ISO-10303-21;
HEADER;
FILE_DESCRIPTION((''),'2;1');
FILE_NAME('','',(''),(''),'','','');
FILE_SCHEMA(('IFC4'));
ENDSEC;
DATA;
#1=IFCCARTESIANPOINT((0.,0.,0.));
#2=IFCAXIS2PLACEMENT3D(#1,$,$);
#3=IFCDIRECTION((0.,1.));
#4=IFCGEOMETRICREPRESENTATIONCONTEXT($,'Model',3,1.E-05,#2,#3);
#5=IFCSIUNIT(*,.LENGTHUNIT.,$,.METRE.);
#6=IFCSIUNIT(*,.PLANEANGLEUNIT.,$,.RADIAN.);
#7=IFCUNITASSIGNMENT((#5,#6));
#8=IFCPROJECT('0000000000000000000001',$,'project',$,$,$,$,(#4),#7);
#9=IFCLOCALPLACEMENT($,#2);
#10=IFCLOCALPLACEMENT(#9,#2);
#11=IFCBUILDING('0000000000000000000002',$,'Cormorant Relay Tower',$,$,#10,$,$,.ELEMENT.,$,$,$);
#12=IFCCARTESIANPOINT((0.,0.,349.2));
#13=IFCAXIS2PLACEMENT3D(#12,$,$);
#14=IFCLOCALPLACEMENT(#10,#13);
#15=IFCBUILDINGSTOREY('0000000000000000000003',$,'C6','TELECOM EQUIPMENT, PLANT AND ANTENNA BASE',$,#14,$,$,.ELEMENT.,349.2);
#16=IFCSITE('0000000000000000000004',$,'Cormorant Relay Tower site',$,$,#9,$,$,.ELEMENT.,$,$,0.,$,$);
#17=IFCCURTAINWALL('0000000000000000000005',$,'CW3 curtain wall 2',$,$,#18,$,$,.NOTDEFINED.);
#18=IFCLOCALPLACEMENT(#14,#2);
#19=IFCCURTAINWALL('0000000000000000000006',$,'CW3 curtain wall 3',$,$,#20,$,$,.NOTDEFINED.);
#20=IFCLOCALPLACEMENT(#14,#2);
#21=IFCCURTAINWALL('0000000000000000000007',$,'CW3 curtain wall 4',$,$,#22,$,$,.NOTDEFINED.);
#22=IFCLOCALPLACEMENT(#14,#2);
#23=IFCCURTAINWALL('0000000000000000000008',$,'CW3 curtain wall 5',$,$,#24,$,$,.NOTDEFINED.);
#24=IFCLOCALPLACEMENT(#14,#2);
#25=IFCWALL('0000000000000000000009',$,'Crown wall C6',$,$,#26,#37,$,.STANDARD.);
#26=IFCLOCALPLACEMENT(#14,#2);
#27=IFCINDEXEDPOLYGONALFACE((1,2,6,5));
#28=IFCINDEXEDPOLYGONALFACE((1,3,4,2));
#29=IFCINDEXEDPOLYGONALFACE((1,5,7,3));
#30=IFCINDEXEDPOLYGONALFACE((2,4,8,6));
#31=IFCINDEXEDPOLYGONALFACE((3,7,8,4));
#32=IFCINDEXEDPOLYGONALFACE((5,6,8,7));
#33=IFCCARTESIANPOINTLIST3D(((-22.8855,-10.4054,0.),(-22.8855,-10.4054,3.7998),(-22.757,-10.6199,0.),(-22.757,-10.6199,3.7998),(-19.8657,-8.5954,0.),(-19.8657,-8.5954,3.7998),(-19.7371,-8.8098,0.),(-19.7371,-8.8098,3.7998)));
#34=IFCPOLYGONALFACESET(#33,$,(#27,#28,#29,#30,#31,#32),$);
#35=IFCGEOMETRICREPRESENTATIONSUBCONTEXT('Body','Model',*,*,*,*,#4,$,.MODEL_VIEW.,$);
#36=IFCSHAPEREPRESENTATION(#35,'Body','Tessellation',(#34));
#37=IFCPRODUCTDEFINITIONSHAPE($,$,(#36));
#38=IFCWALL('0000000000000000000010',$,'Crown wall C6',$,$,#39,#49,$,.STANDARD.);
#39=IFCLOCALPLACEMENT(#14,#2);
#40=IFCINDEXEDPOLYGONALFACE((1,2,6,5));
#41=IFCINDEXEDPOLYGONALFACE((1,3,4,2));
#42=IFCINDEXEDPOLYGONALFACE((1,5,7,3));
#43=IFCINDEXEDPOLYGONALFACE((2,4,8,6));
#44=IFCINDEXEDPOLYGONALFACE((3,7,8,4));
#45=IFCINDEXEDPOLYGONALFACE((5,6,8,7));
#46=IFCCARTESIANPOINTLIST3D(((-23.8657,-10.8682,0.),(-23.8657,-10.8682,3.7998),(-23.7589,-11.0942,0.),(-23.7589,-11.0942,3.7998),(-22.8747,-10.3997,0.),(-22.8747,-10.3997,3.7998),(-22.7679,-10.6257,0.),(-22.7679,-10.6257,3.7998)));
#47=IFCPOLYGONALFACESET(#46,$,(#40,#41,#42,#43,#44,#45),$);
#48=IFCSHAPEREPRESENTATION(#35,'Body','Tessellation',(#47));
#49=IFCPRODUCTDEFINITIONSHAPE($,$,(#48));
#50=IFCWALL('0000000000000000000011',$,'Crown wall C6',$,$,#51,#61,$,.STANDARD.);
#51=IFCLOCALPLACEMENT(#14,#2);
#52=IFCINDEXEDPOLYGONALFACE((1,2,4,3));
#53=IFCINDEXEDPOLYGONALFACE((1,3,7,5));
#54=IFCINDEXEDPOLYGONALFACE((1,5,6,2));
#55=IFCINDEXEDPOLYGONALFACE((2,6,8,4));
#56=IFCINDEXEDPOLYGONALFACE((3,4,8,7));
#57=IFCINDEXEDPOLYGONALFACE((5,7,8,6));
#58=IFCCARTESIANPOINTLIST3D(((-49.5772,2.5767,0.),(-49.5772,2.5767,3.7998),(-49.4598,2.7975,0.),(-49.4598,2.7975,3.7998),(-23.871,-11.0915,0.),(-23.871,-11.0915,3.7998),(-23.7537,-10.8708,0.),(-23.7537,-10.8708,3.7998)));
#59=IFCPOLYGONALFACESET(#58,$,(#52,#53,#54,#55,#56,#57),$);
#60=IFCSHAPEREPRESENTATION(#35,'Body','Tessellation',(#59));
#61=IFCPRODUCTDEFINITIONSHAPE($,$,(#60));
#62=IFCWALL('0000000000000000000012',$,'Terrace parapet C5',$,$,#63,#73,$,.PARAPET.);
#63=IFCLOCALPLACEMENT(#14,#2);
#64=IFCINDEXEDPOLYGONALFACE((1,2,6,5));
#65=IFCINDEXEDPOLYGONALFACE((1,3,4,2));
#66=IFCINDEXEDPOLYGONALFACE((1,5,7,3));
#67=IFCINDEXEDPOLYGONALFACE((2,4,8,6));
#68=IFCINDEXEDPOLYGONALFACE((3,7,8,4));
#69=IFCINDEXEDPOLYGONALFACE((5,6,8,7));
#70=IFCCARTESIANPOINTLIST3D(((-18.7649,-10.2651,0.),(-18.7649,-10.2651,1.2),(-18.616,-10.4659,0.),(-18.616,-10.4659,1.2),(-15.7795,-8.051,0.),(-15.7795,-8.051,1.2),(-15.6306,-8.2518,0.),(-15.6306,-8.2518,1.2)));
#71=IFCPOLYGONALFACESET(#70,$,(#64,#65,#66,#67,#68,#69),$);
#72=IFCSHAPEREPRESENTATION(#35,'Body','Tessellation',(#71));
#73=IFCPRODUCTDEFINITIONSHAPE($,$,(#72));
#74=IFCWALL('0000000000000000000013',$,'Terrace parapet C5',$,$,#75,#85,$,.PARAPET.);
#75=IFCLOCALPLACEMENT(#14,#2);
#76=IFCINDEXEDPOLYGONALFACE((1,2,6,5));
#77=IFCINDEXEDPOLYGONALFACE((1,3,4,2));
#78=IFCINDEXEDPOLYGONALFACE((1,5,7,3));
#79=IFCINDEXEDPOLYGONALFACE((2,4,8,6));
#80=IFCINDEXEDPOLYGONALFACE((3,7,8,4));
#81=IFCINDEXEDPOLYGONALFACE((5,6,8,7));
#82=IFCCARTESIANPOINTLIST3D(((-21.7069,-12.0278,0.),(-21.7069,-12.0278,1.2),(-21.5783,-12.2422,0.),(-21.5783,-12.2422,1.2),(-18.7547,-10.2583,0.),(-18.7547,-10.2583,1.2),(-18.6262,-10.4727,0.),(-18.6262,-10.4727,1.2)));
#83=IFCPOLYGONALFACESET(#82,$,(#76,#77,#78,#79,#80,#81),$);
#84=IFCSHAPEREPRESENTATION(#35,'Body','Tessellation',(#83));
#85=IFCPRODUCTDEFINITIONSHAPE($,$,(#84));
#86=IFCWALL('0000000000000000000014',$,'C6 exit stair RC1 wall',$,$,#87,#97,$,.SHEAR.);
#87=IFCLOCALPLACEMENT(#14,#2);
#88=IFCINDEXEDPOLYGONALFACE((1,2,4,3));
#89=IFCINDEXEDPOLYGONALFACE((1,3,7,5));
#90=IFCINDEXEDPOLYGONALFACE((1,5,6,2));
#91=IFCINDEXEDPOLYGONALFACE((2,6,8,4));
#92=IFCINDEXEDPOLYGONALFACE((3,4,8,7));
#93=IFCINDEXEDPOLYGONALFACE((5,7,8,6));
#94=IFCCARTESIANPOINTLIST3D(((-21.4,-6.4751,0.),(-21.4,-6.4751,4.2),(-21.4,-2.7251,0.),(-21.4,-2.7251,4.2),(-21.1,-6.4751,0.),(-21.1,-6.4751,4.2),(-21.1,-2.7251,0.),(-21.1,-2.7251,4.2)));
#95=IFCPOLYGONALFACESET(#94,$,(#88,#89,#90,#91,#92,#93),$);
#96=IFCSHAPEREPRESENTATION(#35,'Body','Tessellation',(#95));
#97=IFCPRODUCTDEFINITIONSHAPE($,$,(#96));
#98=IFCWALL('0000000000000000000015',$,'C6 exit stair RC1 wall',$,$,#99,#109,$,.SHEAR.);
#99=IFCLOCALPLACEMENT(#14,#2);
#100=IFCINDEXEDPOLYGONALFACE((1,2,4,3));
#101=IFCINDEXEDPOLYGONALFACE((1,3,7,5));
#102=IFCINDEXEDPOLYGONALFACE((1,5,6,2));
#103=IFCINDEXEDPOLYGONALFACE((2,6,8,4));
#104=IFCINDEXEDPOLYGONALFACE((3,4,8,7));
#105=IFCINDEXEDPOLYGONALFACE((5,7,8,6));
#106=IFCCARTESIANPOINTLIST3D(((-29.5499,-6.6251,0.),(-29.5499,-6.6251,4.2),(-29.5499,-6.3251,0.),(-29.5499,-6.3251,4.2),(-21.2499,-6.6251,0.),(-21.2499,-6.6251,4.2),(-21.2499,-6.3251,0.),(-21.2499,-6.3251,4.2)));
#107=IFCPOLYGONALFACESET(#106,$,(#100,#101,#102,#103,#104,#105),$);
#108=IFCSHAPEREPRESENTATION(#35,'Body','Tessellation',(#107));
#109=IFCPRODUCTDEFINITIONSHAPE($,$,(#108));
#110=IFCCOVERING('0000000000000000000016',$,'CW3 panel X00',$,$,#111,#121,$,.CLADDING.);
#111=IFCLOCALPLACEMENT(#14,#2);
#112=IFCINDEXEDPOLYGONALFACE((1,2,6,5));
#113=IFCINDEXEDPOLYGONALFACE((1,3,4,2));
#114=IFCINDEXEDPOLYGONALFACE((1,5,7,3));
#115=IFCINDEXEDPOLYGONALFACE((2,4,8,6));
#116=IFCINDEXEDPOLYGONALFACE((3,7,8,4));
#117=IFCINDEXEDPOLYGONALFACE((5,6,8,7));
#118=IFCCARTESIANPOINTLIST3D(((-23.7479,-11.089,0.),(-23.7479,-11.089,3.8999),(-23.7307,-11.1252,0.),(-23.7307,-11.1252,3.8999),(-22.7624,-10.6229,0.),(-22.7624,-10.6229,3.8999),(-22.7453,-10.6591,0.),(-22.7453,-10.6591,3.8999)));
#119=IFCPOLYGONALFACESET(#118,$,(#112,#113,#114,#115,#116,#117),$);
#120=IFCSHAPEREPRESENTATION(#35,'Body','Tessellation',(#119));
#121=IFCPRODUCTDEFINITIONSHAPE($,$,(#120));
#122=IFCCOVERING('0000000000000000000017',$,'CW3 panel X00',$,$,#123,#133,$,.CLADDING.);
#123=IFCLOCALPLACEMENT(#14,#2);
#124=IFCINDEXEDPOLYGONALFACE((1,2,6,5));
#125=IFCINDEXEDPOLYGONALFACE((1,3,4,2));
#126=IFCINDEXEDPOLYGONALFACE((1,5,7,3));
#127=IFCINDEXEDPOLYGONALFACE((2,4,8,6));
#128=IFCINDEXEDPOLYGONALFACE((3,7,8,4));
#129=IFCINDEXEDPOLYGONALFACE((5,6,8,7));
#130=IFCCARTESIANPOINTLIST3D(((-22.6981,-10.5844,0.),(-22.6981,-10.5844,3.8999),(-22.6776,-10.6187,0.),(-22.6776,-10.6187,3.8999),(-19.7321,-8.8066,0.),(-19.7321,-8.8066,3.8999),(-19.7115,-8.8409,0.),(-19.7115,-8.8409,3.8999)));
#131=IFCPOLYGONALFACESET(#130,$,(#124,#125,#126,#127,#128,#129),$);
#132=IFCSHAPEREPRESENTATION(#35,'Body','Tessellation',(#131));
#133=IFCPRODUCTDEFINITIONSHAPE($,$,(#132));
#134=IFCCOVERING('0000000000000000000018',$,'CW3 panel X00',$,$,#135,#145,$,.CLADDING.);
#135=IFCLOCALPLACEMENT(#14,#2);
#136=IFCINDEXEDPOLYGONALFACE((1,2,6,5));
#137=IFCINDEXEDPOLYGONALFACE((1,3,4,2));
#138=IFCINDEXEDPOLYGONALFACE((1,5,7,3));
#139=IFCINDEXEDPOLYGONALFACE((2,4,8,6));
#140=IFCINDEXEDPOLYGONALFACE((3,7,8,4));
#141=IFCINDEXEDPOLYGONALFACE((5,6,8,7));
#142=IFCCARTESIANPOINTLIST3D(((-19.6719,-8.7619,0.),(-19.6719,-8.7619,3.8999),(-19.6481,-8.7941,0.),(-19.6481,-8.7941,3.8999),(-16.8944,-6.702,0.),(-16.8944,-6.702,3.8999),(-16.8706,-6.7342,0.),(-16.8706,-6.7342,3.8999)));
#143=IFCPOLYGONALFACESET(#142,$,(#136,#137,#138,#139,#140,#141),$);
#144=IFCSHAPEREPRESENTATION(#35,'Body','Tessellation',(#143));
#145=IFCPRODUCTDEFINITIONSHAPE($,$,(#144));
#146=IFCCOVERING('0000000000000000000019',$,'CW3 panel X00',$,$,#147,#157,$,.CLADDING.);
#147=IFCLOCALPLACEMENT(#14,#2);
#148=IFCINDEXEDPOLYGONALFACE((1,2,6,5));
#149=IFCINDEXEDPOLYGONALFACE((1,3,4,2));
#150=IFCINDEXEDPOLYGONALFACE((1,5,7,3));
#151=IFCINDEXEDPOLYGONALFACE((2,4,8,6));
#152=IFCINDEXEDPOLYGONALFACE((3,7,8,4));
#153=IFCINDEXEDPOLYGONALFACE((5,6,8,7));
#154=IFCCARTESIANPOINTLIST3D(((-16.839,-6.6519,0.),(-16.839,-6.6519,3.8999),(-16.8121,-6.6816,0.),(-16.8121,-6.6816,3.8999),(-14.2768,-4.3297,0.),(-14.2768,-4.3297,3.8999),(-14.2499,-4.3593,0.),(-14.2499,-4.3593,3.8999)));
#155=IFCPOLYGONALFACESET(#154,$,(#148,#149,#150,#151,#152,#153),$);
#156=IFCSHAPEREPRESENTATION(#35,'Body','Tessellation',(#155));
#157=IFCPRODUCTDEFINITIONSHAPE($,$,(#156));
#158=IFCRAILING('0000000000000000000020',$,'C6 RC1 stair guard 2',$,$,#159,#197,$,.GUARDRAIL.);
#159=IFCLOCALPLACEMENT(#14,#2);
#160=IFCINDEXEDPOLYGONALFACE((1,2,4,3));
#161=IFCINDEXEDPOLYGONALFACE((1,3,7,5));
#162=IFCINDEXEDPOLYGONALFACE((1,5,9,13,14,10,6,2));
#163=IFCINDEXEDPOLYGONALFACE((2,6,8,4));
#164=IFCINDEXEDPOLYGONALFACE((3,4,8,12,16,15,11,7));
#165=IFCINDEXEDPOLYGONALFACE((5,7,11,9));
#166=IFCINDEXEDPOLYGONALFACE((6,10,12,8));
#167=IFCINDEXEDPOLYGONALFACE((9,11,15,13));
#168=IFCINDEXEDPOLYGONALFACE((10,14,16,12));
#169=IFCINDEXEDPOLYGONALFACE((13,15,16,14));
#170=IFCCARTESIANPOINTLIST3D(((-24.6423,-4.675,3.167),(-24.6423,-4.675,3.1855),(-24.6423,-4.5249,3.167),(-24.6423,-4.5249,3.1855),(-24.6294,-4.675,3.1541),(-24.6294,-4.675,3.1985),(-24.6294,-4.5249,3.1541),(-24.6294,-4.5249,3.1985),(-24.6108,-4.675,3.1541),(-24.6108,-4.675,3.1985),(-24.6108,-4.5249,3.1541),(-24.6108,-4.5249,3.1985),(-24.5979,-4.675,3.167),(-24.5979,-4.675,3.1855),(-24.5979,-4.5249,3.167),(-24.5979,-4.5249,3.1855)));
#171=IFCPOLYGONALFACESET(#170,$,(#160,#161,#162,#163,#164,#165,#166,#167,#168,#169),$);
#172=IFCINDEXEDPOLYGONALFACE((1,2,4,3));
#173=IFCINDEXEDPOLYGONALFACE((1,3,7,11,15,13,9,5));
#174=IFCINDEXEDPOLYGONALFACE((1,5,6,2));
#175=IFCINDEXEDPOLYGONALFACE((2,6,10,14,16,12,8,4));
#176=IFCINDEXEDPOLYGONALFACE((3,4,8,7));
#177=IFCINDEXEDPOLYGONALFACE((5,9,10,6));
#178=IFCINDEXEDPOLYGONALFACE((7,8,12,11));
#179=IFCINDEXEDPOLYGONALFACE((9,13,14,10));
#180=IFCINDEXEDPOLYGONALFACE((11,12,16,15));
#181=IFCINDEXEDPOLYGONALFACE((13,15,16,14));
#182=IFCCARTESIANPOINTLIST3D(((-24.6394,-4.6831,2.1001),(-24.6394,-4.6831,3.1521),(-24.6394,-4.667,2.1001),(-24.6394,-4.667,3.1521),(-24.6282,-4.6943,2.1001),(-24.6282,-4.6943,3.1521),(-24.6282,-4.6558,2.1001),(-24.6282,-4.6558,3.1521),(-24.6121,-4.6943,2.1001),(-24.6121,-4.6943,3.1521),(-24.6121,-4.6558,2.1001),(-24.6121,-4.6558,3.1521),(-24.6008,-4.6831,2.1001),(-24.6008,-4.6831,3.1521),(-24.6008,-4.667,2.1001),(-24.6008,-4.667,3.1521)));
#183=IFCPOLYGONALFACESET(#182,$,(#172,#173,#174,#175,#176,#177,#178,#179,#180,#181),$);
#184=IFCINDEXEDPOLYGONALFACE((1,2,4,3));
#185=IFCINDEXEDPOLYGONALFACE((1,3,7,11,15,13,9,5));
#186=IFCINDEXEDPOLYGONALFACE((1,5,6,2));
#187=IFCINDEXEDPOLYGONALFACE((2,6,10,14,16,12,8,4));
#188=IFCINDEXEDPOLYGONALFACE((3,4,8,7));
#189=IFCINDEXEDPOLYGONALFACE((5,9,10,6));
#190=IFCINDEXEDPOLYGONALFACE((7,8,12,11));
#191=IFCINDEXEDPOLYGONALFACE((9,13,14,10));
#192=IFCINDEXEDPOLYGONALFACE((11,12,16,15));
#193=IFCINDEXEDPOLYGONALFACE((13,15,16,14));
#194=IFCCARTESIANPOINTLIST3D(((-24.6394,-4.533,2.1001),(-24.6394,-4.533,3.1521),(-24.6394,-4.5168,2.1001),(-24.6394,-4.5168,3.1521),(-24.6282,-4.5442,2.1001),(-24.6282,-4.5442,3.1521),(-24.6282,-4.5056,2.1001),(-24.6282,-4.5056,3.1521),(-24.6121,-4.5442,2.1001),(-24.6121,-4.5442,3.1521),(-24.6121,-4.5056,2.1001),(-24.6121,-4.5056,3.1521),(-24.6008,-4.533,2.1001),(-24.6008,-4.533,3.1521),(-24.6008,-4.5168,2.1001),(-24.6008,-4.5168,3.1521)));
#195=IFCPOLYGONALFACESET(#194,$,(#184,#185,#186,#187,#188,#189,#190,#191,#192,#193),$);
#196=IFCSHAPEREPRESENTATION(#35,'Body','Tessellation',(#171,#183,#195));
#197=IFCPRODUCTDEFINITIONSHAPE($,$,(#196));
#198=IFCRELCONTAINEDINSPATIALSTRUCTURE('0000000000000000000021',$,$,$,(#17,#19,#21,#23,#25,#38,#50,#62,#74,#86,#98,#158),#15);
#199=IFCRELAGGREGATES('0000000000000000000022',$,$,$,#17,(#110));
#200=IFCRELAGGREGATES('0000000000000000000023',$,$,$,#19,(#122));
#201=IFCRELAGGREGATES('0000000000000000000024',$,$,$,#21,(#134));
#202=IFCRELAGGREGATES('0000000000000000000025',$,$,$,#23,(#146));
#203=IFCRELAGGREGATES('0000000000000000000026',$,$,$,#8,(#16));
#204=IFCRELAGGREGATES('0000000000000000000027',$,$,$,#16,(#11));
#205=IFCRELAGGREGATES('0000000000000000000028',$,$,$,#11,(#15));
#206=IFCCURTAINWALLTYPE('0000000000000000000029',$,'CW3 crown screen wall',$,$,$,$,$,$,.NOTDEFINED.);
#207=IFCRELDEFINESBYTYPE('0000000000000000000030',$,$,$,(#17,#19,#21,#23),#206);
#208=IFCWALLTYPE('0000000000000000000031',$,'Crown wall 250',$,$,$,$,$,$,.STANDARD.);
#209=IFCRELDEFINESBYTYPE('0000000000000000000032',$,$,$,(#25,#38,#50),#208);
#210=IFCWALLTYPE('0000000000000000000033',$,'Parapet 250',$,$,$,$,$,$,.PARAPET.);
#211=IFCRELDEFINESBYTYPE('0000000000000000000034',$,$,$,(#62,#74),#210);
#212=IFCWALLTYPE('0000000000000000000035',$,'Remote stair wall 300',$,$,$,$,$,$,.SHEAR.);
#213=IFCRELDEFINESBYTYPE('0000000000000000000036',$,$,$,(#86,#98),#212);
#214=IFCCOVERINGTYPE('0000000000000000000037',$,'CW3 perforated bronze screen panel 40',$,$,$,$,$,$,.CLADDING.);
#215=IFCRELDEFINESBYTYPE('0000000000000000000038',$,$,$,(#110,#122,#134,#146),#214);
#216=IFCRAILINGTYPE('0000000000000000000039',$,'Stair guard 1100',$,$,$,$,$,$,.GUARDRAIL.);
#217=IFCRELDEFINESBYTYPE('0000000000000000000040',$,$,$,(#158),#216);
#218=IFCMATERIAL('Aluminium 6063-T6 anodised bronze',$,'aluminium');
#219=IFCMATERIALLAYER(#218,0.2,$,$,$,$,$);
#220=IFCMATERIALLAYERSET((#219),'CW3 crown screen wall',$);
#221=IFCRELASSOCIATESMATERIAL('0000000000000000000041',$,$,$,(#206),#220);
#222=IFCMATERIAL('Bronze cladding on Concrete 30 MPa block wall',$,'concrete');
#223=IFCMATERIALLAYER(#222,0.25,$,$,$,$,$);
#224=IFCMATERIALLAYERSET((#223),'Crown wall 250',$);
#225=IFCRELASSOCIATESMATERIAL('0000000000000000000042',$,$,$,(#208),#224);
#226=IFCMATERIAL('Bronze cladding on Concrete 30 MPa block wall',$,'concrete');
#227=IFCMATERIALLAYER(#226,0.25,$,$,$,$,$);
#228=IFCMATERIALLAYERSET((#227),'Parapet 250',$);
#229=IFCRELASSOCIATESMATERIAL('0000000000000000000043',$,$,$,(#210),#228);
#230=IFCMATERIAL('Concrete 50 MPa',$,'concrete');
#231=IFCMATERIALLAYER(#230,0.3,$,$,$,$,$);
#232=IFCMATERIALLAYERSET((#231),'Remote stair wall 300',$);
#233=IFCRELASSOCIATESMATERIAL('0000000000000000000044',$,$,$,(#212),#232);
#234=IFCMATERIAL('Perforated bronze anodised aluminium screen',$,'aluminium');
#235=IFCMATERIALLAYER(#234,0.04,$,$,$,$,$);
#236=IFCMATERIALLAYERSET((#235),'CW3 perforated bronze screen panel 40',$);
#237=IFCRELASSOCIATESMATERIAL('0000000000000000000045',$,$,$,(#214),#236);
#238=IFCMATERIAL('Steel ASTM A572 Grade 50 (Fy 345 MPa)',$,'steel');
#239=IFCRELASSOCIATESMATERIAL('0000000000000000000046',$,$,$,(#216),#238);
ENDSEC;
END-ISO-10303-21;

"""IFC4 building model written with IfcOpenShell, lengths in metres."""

from ifc_helpers import new_model, si_unit, direction, frame, frame_2d, origin, origin_2d, place, context, subcontext, project, spatial, polyline, rectangle, outline, extrude, material, layer, layer_set, type_object, element, aggregate, save


model = new_model("IFC4")

# Units and contexts
model_context = context("Model", 3, precision=1e-05, world=origin(), true_north=direction((0.0, 1.0)))
body_context = subcontext(model_context, "Body", "Model", "MODEL_VIEW")
ifc_project = project(units=[si_unit("LENGTHUNIT", "METRE"), si_unit("PLANEANGLEUNIT", "RADIAN")], contexts=[model_context])

# Site, building, storey
site_placement = place(None, origin())
site = spatial("IfcSite", under=ifc_project, at=site_placement, Name="Cormorant Relay Tower site", CompositionType="ELEMENT", RefElevation=0.0)
building_placement = place(site_placement, origin())
building = spatial("IfcBuilding", under=site, at=building_placement, Name="Cormorant Relay Tower", CompositionType="ELEMENT")
storey_placement = place(building_placement, frame((0.0, 0.0, 349.2)))
storey = spatial("IfcBuildingStorey", under=building, at=storey_placement, Name="C6", Description="TELECOM EQUIPMENT, PLANT AND ANTENNA BASE", CompositionType="ELEMENT", Elevation=349.2)

# Curtain walls
ifc_material_1 = material(Name="Aluminium 6063-T6 anodised bronze", Category="aluminium")
ifc_layer_1 = layer(ifc_material_1, 0.2)
ifc_layer_set_1 = layer_set([ifc_layer_1], Name="CW3 crown screen wall")
curtain_wall_type = type_object("IfcCurtainWallType", Name="CW3 crown screen wall", PredefinedType="NOTDEFINED", material=ifc_layer_set_1)
curtain_wall_1_placement = place(storey_placement, origin())
curtain_wall_1 = element("IfcCurtainWall", 1, at=curtain_wall_1_placement, inside=storey, type_object=curtain_wall_type, Name="CW3 curtain wall 2", PredefinedType="NOTDEFINED")
curtain_wall_2_placement = place(storey_placement, origin())
curtain_wall_2 = element("IfcCurtainWall", 2, at=curtain_wall_2_placement, inside=storey, type_object=curtain_wall_type, Name="CW3 curtain wall 3", PredefinedType="NOTDEFINED")
curtain_wall_3_placement = place(storey_placement, origin())
curtain_wall_3 = element("IfcCurtainWall", 3, at=curtain_wall_3_placement, inside=storey, type_object=curtain_wall_type, Name="CW3 curtain wall 4", PredefinedType="NOTDEFINED")
curtain_wall_4_placement = place(storey_placement, origin())
curtain_wall_4 = element("IfcCurtainWall", 4, at=curtain_wall_4_placement, inside=storey, type_object=curtain_wall_type, Name="CW3 curtain wall 5", PredefinedType="NOTDEFINED")

# Walls
ifc_material_2 = material(Name="Bronze cladding on Concrete 30 MPa block wall", Category="concrete")
ifc_layer_2 = layer(ifc_material_2, 0.25)
ifc_layer_set_2 = layer_set([ifc_layer_2], Name="Crown wall 250")
wall_type_1 = type_object("IfcWallType", Name="Crown wall 250", PredefinedType="STANDARD", material=ifc_layer_set_2)
wall_1_placement = place(storey_placement, frame((-19.8015, -8.7026, 0.0), z_axis=(0.0, 0.0, 1.0), x_axis=(-0.857719, -0.514118, 0.0)))
element("IfcWall", 5, at=wall_1_placement, inside=storey, type_object=wall_type_1, Name="Crown wall C6", PredefinedType="STANDARD", context=body_context, shape_type="SweptSolid", body=[
    extrude(rectangle(XDim=3.5208, YDim=0.25, at=frame_2d((1.7603, 0.0))), origin(), (0.0, 0.0, 1.0), 3.7998),
])
wall_2_placement = place(storey_placement, frame((-22.8213, -10.5127, 0.0), z_axis=(0.0, 0.0, 1.0), x_axis=(-0.904055, -0.427416, 0.0)))
element("IfcWall", 6, at=wall_2_placement, inside=storey, type_object=wall_type_1, Name="Crown wall C6", PredefinedType="STANDARD", context=body_context, shape_type="SweptSolid", body=[
    extrude(rectangle(XDim=1.0962, YDim=0.25, at=frame_2d((0.5481, 0.0))), origin(), (0.0, 0.0, 1.0), 3.7998),
])
wall_3_placement = place(storey_placement, frame((-23.8123, -10.9812, 0.0), z_axis=(0.0, 0.0, 1.0), x_axis=(-0.882947, 0.469473, 0.0)))
element("IfcWall", 7, at=wall_3_placement, inside=storey, type_object=wall_type_1, Name="Crown wall C6", PredefinedType="STANDARD", context=body_context, shape_type="SweptSolid", body=[
    extrude(rectangle(XDim=29.114, YDim=0.25, at=frame_2d((14.5571, 0.0))), origin(), (0.0, 0.0, 1.0), 3.7998),
])
ifc_material_3 = material(Name="Bronze cladding on Concrete 30 MPa block wall", Category="concrete")
ifc_layer_3 = layer(ifc_material_3, 0.25)
ifc_layer_set_3 = layer_set([ifc_layer_3], Name="Parapet 250")
wall_type_2 = type_object("IfcWallType", Name="Parapet 250", PredefinedType="PARAPET", material=ifc_layer_set_3)
wall_4_placement = place(storey_placement, frame((-15.7051, -8.1514, 0.0), z_axis=(0.0, 0.0, 1.0), x_axis=(-0.803204, -0.595703, 0.0)))
element("IfcWall", 8, at=wall_4_placement, inside=storey, type_object=wall_type_2, Name="Terrace parapet C5", PredefinedType="PARAPET", context=body_context, shape_type="SweptSolid", body=[
    extrude(rectangle(XDim=3.7168, YDim=0.25, at=frame_2d((1.8584, 0.0))), origin(), (0.0, 0.0, 1.0), 1.2),
])
wall_5_placement = place(storey_placement, frame((-18.6904, -10.3655, 0.0), z_axis=(0.0, 0.0, 1.0), x_axis=(-0.857718, -0.51412, 0.0)))
element("IfcWall", 9, at=wall_5_placement, inside=storey, type_object=wall_type_2, Name="Terrace parapet C5", PredefinedType="PARAPET", context=body_context, shape_type="SweptSolid", body=[
    extrude(rectangle(XDim=3.4419, YDim=0.25, at=frame_2d((1.7209, 0.0))), origin(), (0.0, 0.0, 1.0), 1.2),
])
ifc_material_4 = material(Name="Concrete 50 MPa", Category="concrete")
ifc_layer_4 = layer(ifc_material_4, 0.3)
ifc_layer_set_4 = layer_set([ifc_layer_4], Name="Remote stair wall 300")
wall_type_3 = type_object("IfcWallType", Name="Remote stair wall 300", PredefinedType="SHEAR", material=ifc_layer_set_4)
wall_6_placement = place(storey_placement, frame((-21.25, -2.7251, 0.0), z_axis=(0.0, 0.0, 1.0), x_axis=(0.0, -1.0, 0.0)))
element("IfcWall", 10, at=wall_6_placement, inside=storey, type_object=wall_type_3, Name="C6 exit stair RC1 wall", PredefinedType="SHEAR", context=body_context, shape_type="SweptSolid", body=[
    extrude(rectangle(XDim=3.75, YDim=0.3, at=frame_2d((1.875, 0.0))), origin(), (0.0, 0.0, 1.0), 4.2),
])
wall_7_placement = place(storey_placement, frame((-21.25, -6.4751, 0.0), z_axis=(0.0, 0.0, 1.0), x_axis=(-1.0, 0.0, 0.0)))
element("IfcWall", 11, at=wall_7_placement, inside=storey, type_object=wall_type_3, Name="C6 exit stair RC1 wall", PredefinedType="SHEAR", context=body_context, shape_type="SweptSolid", body=[
    extrude(rectangle(XDim=8.3, YDim=0.3, at=frame_2d((4.1499, 0.0))), origin(), (0.0, 0.0, 1.0), 4.2),
])

# Coverings
ifc_material_5 = material(Name="Perforated bronze anodised aluminium screen", Category="aluminium")
ifc_layer_5 = layer(ifc_material_5, 0.04)
ifc_layer_set_5 = layer_set([ifc_layer_5], Name="CW3 perforated bronze screen panel 40")
covering_type = type_object("IfcCoveringType", Name="CW3 perforated bronze screen panel 40", PredefinedType="CLADDING", material=ifc_layer_set_5)
covering_1_placement = place(storey_placement, frame((-23.2466, -10.874, 0.0), z_axis=(0.0, 0.0, 1.0), x_axis=(0.903989, 0.427555, 0.0)))
covering_1 = element("IfcCovering", 12, at=covering_1_placement, type_object=covering_type, Name="CW3 panel X00", PredefinedType="CLADDING", context=body_context, shape_type="SweptSolid", body=[
    extrude(rectangle(XDim=1.0901, YDim=0.04, at=origin_2d()), origin(), (0.0, 0.0, 1.0), 3.8999),
])
aggregate(curtain_wall_1, [covering_1])
covering_2_placement = place(storey_placement, frame((-21.2048, -9.7126, 0.0), z_axis=(0.0, 0.0, 1.0), x_axis=(0.857729, 0.514103, 0.0)))
covering_2 = element("IfcCovering", 13, at=covering_2_placement, type_object=covering_type, Name="CW3 panel X00", PredefinedType="CLADDING", context=body_context, shape_type="SweptSolid", body=[
    extrude(rectangle(XDim=3.458, YDim=0.04, at=origin_2d()), origin(), (0.0, 0.0, 1.0), 3.8999),
])
aggregate(curtain_wall_2, [covering_2])
covering_3_placement = place(storey_placement, frame((-18.2712, -7.748, 0.0), z_axis=(0.0, 0.0, 1.0), x_axis=(0.803208, 0.595699, 0.0)))
covering_3 = element("IfcCovering", 14, at=covering_3_placement, type_object=covering_type, Name="CW3 panel X00", PredefinedType="CLADDING", context=body_context, shape_type="SweptSolid", body=[
    extrude(rectangle(XDim=3.458, YDim=0.04, at=origin_2d()), origin(), (0.0, 0.0, 1.0), 3.8999),
])
aggregate(curtain_wall_3, [covering_3])
covering_4_placement = place(storey_placement, frame((-15.5444, -5.5056, 0.0), z_axis=(0.0, 0.0, 1.0), x_axis=(0.740951, 0.671559, 0.0)))
covering_4 = element("IfcCovering", 15, at=covering_4_placement, type_object=covering_type, Name="CW3 panel X00", PredefinedType="CLADDING", context=body_context, shape_type="SweptSolid", body=[
    extrude(rectangle(XDim=3.458, YDim=0.04, at=origin_2d()), origin(), (0.0, 0.0, 1.0), 3.8999),
])
aggregate(curtain_wall_4, [covering_4])

# Railing
ifc_material_6 = material(Name="Steel ASTM A572 Grade 50 (Fy 345 MPa)", Category="steel")
railing_type = type_object("IfcRailingType", Name="Stair guard 1100", PredefinedType="GUARDRAIL", material=ifc_material_6)
railing_placement = place(storey_placement, frame((-24.6201, -4.675, 2.1001)))
element("IfcRailing", 16, at=railing_placement, inside=storey, type_object=railing_type, Name="C6 RC1 stair guard 2", PredefinedType="GUARDRAIL", context=body_context, shape_type="SweptSolid", body=[
    extrude(outline(polyline([(0.0222, 0.0093), (0.0093, 0.0222), (-0.0093, 0.0222), (-0.0222, 0.0093), (-0.0222, -0.0093), (-0.0093, -0.0222), (0.0093, -0.0222), (0.0222, -0.0093), (0.0222, 0.0093)])), frame((0.0, 0.0, 1.0762), z_axis=(0.0, 1.0, 0.0), x_axis=(-1.0, 0.0, 0.0)), (0.0, 0.0, 1.0), 0.1501),
    extrude(outline(polyline([(0.0193, 0.0081), (0.0081, 0.0193), (-0.0081, 0.0193), (-0.0193, 0.0081), (-0.0193, -0.0081), (-0.0081, -0.0193), (0.0081, -0.0193), (0.0193, -0.0081), (0.0193, 0.0081)])), origin(), (0.0, 0.0, 1.0), 1.052),
    extrude(outline(polyline([(0.0193, 0.0081), (0.0081, 0.0193), (-0.0081, 0.0193), (-0.0193, 0.0081), (-0.0193, -0.0081), (-0.0081, -0.0193), (0.0081, -0.0193), (0.0193, -0.0081), (0.0193, 0.0081)])), frame((0.0, 0.1501, 0.0)), (0.0, 0.0, 1.0), 1.052),
])

save(model, "model.ifc")
